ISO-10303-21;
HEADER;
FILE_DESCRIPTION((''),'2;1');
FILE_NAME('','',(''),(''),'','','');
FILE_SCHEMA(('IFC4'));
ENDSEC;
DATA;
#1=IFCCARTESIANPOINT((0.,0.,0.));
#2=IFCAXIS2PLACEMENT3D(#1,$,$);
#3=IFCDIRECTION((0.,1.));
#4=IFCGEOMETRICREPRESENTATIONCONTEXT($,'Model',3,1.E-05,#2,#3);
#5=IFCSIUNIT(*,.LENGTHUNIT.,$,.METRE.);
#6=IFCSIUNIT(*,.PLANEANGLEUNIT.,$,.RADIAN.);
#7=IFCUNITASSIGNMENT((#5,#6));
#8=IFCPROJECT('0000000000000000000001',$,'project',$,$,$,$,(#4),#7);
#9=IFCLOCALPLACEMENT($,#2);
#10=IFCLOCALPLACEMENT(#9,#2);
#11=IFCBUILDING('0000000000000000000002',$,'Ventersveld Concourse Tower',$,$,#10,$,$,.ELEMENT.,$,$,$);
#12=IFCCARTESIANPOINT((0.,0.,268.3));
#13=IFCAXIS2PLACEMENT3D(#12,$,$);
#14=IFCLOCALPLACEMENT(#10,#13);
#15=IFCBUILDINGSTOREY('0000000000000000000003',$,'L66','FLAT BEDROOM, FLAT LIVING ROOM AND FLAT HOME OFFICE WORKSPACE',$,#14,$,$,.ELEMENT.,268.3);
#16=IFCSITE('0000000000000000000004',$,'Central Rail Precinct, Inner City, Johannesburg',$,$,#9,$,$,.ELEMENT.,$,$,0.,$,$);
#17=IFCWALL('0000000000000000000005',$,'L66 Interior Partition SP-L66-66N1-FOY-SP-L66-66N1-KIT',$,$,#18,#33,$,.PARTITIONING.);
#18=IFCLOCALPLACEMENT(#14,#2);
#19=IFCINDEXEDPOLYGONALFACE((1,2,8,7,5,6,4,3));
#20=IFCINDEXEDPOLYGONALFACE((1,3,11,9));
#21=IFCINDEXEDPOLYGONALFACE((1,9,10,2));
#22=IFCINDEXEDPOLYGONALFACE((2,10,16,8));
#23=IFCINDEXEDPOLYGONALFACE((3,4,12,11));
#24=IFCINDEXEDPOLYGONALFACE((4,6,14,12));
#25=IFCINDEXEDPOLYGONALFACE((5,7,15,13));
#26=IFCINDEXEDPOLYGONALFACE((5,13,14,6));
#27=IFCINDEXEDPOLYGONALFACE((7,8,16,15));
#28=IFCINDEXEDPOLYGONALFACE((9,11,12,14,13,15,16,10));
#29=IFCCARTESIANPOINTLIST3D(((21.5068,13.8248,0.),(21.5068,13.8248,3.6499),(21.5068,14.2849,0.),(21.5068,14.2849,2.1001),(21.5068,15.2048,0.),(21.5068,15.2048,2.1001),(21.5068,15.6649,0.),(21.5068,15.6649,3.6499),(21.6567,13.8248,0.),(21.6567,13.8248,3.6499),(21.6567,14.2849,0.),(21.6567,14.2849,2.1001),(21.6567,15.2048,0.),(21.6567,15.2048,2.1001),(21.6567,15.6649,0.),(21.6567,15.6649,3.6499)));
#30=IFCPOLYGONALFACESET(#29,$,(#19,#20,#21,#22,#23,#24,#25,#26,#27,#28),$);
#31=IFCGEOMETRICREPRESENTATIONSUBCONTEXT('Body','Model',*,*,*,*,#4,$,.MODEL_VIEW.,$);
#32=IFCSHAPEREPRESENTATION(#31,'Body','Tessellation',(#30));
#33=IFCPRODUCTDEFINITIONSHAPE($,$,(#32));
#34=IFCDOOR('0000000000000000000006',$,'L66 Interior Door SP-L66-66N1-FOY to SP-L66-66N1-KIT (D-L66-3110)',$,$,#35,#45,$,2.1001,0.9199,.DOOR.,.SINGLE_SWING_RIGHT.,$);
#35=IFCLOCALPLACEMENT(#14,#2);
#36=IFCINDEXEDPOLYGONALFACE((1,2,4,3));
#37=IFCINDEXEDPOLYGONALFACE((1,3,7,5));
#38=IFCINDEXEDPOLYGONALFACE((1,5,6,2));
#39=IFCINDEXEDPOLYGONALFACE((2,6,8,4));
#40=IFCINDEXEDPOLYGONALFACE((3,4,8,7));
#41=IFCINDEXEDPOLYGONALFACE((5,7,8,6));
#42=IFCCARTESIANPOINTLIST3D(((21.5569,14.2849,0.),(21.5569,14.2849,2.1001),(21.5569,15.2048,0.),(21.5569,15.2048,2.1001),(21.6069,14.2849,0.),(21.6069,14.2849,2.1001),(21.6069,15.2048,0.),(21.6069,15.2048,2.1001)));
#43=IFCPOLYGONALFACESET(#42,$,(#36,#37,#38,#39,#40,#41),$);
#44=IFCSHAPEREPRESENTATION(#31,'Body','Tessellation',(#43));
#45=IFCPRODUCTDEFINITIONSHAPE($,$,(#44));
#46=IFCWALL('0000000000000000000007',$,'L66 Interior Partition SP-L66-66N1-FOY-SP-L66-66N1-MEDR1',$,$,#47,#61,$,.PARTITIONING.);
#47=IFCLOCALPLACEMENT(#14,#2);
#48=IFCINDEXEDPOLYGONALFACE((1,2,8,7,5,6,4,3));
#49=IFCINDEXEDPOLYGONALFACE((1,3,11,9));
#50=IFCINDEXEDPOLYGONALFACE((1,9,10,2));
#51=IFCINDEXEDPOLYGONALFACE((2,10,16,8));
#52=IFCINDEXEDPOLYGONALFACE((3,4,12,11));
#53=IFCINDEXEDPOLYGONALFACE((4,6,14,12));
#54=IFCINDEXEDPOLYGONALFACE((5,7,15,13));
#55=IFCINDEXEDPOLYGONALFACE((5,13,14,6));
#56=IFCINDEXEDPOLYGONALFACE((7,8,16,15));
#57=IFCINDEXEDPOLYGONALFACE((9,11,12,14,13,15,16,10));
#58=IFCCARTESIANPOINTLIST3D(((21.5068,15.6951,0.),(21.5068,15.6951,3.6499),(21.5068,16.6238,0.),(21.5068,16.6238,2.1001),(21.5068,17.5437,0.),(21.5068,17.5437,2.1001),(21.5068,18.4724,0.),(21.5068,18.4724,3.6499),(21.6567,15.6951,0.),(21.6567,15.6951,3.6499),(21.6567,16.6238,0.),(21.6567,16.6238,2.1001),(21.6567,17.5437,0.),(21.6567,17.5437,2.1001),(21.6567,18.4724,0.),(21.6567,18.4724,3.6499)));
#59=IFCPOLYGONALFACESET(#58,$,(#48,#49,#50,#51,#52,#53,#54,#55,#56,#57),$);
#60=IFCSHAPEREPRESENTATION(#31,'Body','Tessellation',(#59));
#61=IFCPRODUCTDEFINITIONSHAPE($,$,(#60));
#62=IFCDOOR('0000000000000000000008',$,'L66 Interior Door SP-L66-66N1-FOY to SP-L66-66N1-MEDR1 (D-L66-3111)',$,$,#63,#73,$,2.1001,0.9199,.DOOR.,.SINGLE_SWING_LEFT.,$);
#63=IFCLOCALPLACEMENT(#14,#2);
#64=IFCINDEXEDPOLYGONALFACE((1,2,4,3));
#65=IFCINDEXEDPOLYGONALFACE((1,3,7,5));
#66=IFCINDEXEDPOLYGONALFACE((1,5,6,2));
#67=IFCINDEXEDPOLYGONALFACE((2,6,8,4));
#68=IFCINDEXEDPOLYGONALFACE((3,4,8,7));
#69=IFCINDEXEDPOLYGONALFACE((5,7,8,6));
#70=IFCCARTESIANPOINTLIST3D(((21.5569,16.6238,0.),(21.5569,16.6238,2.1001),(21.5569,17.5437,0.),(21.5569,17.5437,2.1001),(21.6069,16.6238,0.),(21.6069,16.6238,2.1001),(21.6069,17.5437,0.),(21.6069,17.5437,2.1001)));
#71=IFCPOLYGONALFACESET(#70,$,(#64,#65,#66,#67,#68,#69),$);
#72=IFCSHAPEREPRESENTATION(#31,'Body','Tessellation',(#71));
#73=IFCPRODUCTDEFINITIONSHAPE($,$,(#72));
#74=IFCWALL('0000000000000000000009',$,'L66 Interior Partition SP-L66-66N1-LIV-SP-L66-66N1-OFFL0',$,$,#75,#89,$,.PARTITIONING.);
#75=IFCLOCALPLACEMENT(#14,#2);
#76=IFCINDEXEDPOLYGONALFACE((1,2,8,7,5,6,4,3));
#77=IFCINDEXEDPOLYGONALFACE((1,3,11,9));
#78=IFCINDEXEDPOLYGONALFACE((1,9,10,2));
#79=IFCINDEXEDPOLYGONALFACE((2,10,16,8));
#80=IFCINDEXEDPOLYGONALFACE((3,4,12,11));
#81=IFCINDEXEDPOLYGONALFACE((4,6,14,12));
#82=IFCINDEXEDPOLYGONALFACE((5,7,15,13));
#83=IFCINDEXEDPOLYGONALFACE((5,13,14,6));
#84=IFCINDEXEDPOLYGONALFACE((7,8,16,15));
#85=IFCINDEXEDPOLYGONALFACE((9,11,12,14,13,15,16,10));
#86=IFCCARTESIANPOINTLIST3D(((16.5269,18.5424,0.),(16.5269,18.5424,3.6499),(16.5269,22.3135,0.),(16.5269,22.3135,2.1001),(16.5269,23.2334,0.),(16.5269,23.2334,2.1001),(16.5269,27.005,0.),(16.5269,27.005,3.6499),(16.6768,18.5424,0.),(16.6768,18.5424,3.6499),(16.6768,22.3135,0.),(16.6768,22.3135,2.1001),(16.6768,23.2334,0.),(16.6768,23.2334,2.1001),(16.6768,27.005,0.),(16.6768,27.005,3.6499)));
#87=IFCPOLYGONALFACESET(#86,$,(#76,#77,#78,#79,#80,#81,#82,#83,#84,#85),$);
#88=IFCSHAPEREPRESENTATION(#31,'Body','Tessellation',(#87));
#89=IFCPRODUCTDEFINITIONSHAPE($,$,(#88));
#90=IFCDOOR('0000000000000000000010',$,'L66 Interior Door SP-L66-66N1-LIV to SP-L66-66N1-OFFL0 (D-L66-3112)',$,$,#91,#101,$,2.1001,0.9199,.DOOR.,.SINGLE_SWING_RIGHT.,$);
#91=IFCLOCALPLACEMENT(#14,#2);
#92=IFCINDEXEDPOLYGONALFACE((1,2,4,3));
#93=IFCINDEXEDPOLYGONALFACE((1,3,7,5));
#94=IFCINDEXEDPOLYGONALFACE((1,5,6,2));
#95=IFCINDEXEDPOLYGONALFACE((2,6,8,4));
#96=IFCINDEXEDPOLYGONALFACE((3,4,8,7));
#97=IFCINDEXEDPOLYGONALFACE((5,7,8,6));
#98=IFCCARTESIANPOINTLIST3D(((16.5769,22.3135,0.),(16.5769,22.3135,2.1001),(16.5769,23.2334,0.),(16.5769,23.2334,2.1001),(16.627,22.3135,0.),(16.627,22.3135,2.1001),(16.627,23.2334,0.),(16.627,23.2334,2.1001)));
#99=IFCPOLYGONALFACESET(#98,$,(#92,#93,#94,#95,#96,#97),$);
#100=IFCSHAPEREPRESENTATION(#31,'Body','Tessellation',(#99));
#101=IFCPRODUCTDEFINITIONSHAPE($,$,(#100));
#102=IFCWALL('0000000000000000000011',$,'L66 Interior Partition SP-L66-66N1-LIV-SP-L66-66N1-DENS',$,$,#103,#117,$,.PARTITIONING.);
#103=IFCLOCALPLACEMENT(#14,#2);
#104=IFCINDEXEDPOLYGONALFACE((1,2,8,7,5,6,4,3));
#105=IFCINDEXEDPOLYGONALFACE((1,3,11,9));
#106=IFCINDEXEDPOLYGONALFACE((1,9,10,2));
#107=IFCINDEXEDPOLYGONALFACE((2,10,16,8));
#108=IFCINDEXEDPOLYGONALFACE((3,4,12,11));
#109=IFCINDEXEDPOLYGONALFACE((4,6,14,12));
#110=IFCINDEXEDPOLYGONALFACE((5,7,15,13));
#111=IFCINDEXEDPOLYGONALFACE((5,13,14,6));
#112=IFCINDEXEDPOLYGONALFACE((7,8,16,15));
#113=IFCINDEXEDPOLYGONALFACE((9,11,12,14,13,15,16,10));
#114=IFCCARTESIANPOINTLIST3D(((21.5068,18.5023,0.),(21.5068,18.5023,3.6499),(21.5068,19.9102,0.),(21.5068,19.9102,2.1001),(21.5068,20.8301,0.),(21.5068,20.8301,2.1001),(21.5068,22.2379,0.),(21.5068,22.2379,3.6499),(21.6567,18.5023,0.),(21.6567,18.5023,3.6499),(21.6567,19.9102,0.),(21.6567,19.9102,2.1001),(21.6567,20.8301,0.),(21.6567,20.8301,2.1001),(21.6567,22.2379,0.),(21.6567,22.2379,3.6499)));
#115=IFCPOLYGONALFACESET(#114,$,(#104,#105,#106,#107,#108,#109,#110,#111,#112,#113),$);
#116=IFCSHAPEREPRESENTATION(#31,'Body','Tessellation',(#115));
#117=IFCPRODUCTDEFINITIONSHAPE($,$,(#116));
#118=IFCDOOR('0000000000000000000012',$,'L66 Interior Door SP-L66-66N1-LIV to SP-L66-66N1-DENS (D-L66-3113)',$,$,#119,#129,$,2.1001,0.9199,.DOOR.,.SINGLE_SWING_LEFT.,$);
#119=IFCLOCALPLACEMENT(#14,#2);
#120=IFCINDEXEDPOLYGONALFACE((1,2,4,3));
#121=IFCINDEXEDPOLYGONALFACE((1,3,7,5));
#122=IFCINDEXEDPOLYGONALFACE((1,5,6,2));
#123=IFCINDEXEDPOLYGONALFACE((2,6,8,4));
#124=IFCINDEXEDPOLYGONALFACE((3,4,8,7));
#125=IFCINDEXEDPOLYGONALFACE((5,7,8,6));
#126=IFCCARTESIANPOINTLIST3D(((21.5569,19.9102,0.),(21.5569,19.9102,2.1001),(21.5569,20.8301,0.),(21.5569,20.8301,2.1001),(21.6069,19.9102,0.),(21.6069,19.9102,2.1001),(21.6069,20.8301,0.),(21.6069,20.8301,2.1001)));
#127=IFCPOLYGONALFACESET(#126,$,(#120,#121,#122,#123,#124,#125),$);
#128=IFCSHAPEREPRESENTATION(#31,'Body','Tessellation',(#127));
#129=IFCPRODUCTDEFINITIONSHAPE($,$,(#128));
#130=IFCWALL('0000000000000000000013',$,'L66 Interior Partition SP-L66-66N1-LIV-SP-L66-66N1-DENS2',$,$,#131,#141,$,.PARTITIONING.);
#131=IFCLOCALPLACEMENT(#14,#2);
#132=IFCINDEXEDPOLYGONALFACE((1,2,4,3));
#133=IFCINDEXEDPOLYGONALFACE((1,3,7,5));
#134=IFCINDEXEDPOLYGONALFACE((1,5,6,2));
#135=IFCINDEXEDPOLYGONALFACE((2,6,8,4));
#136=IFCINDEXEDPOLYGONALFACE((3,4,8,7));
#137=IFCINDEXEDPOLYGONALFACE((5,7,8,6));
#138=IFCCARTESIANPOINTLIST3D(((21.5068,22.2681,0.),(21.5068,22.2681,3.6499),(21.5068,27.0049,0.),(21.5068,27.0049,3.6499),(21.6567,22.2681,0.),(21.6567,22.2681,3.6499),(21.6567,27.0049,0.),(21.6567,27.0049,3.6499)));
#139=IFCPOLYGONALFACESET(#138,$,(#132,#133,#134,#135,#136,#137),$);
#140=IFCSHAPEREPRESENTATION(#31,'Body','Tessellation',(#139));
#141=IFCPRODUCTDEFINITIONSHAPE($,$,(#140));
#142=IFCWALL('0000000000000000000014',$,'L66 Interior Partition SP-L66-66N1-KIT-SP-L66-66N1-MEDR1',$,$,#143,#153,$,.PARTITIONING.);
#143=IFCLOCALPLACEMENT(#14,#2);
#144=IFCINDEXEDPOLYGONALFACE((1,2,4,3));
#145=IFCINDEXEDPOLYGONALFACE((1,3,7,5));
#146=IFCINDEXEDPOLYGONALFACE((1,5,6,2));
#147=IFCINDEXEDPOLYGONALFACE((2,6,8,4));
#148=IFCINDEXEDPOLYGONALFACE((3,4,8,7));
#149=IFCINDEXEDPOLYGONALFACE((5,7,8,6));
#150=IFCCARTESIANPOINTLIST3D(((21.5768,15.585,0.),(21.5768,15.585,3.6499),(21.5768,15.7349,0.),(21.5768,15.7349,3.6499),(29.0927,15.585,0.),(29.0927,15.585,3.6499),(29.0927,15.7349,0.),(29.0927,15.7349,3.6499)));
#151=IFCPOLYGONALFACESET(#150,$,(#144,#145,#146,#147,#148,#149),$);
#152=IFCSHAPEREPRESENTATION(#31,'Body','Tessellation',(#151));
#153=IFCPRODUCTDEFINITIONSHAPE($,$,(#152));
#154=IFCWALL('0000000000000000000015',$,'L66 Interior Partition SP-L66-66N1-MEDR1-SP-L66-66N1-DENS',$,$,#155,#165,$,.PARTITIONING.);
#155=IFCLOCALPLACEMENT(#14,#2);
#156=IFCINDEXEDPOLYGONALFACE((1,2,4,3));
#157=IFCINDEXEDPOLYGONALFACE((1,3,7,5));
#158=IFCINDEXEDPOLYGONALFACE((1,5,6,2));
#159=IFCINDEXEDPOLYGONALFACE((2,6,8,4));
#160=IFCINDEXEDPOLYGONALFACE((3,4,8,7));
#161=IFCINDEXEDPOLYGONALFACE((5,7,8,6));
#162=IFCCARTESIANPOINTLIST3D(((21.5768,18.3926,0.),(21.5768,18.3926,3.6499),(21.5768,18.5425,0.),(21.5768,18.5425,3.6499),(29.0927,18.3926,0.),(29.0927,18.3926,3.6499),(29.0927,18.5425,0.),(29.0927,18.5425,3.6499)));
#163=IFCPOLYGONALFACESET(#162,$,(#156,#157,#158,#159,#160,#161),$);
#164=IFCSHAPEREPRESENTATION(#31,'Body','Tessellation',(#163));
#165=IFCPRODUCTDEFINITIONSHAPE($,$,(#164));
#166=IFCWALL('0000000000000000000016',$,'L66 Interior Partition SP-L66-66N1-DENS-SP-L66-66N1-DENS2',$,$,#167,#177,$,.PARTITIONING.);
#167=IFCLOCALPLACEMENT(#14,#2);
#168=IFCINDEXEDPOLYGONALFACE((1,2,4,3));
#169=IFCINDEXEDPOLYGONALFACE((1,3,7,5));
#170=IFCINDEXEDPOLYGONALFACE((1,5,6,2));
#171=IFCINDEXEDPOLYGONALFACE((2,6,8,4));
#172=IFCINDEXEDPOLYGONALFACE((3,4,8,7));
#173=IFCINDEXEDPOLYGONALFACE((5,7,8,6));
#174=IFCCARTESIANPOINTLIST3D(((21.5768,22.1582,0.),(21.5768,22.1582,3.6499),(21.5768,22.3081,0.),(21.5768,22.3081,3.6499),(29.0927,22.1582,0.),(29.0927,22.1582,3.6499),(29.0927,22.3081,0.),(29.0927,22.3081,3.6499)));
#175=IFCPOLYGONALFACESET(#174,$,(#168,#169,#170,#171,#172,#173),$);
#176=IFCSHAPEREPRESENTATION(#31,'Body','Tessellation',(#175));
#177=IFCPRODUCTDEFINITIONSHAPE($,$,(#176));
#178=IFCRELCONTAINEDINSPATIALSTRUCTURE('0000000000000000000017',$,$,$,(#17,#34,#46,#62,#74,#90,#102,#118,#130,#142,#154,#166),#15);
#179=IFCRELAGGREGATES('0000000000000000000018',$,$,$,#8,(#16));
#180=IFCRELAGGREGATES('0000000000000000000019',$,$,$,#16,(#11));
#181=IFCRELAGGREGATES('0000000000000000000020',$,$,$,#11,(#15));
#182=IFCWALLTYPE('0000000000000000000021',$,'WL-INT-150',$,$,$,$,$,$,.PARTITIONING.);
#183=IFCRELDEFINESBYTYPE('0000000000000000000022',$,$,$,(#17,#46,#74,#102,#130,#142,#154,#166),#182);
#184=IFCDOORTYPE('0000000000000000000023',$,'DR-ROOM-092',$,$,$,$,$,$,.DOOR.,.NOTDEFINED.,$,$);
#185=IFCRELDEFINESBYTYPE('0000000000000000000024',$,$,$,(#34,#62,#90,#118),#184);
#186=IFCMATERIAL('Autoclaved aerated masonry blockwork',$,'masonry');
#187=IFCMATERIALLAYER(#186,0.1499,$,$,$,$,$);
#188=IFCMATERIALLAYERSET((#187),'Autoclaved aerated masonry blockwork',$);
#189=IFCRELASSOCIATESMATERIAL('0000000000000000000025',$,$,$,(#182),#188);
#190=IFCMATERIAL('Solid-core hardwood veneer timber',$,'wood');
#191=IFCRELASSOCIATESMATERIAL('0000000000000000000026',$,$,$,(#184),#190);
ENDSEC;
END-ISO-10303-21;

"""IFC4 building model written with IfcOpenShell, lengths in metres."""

from ifc_helpers import new_model, si_unit, direction, frame, frame_2d, origin, place, context, subcontext, project, spatial, rectangle, extrude, material, layer, layer_set, type_object, element, fill, save


model = new_model("IFC4")

# Units and contexts
model_context = context("Model", 3, precision=1e-05, world=origin(), true_north=direction((0.0, 1.0)))
body_context = subcontext(model_context, "Body", "Model", "MODEL_VIEW")
ifc_project = project(units=[si_unit("LENGTHUNIT", "METRE"), si_unit("PLANEANGLEUNIT", "RADIAN")], contexts=[model_context])

# Site, building, storey
site_placement = place(None, origin())
site = spatial("IfcSite", under=ifc_project, at=site_placement, Name="Central Rail Precinct, Inner City, Johannesburg", CompositionType="ELEMENT", RefElevation=0.0)
building_placement = place(site_placement, origin())
building = spatial("IfcBuilding", under=site, at=building_placement, Name="Ventersveld Concourse Tower", CompositionType="ELEMENT")
storey_placement = place(building_placement, frame((0.0, 0.0, 268.3)))
storey = spatial("IfcBuildingStorey", under=building, at=storey_placement, Name="L66", Description="FLAT BEDROOM, FLAT LIVING ROOM AND FLAT HOME OFFICE WORKSPACE", CompositionType="ELEMENT", Elevation=268.3)

# Shared definitions
ifc_material_1 = material(Name="Solid-core hardwood veneer timber", Category="wood")

# Shared definitions
ifc_material_2 = material(Name="Autoclaved aerated masonry blockwork", Category="masonry")
ifc_layer_1 = layer(ifc_material_2, 0.1499)
ifc_layer_set_1 = layer_set([ifc_layer_1], Name="Autoclaved aerated masonry blockwork")
wall_type_1 = type_object("IfcWallType", Name="WL-INT-150", PredefinedType="PARTITIONING", material=ifc_layer_set_1)
door_type_1 = type_object("IfcDoorType", Name="DR-ROOM-092", OperationType="NOTDEFINED", PredefinedType="DOOR", material=ifc_material_1)

# Walls, openings, doors
wall_1_placement = place(storey_placement, frame((21.5818, 13.825, 0.0), z_axis=(0.0, 0.0, 1.0), x_axis=(0.0, 1.0, 0.0)))
wall_1 = element("IfcWall", 1, at=wall_1_placement, inside=storey, type_object=wall_type_1, Name="L66 Interior Partition SP-L66-66N1-FOY-SP-L66-66N1-KIT", PredefinedType="PARTITIONING", context=body_context, shape_type="SweptSolid", body=[
    extrude(rectangle(XDim=1.8401, YDim=0.1499, at=frame_2d((0.9199, 0.0))), origin(), (0.0, 0.0, 1.0), 3.6499),
])
opening_1_placement = place(wall_1_placement, frame((0.46, 0.0, 0.0)))
opening_1 = element("IfcOpeningElement", 2, at=opening_1_placement, cuts=wall_1, PredefinedType="OPENING", context=body_context, shape_type="SweptSolid", body=[
    extrude(rectangle(XDim=0.9199, YDim=2.1001, at=frame_2d((0.46, 1.05))), frame((0.0, 0.085, 0.0), z_axis=(0.0, -1.0, 0.0), x_axis=(1.0, 0.0, 0.0)), (0.0, 0.0, 1.0), 0.1699),
])
door_1_placement = place(opening_1_placement, origin())
door_1 = element("IfcDoor", 3, at=door_1_placement, inside=storey, type_object=door_type_1, Name="L66 Interior Door SP-L66-66N1-FOY to SP-L66-66N1-KIT (D-L66-3110)", OperationType="SINGLE_SWING_RIGHT", OverallHeight=2.1001, OverallWidth=0.9199, PredefinedType="DOOR", context=body_context, shape_type="SweptSolid", body=[
    extrude(rectangle(XDim=0.9199, YDim=2.1001, at=frame_2d((0.46, 1.05))), frame((0.0, 0.0249, 0.0), z_axis=(0.0, -1.0, 0.0), x_axis=(1.0, 0.0, 0.0)), (0.0, 0.0, 1.0), 0.05),
])
fill(opening_1, door_1)
wall_2_placement = place(storey_placement, frame((21.5818, 15.6951, 0.0), z_axis=(0.0, 0.0, 1.0), x_axis=(0.0, 1.0, 0.0)))
wall_2 = element("IfcWall", 4, at=wall_2_placement, inside=storey, type_object=wall_type_1, Name="L66 Interior Partition SP-L66-66N1-FOY-SP-L66-66N1-MEDR1", PredefinedType="PARTITIONING", context=body_context, shape_type="SweptSolid", body=[
    extrude(rectangle(XDim=2.7773, YDim=0.1499, at=frame_2d((1.3887, 0.0))), origin(), (0.0, 0.0, 1.0), 3.6499),
])
opening_2_placement = place(wall_2_placement, frame((0.9287, 0.0, 0.0)))
opening_2 = element("IfcOpeningElement", 5, at=opening_2_placement, cuts=wall_2, PredefinedType="OPENING", context=body_context, shape_type="SweptSolid", body=[
    extrude(rectangle(XDim=0.9199, YDim=2.1001, at=frame_2d((0.46, 1.05))), frame((0.0, 0.085, 0.0), z_axis=(0.0, -1.0, 0.0), x_axis=(1.0, 0.0, 0.0)), (0.0, 0.0, 1.0), 0.1699),
])
door_2_placement = place(opening_2_placement, origin())
door_2 = element("IfcDoor", 6, at=door_2_placement, inside=storey, type_object=door_type_1, Name="L66 Interior Door SP-L66-66N1-FOY to SP-L66-66N1-MEDR1 (D-L66-3111)", OperationType="SINGLE_SWING_LEFT", OverallHeight=2.1001, OverallWidth=0.9199, PredefinedType="DOOR", context=body_context, shape_type="SweptSolid", body=[
    extrude(rectangle(XDim=0.9199, YDim=2.1001, at=frame_2d((0.46, 1.05))), frame((0.0, 0.0249, 0.0), z_axis=(0.0, -1.0, 0.0), x_axis=(1.0, 0.0, 0.0)), (0.0, 0.0, 1.0), 0.05),
])
fill(opening_2, door_2)
wall_3_placement = place(storey_placement, frame((16.6018, 18.5422, 0.0), z_axis=(0.0, 0.0, 1.0), x_axis=(0.0, 1.0, 0.0)))
wall_3 = element("IfcWall", 7, at=wall_3_placement, inside=storey, type_object=wall_type_1, Name="L66 Interior Partition SP-L66-66N1-LIV-SP-L66-66N1-OFFL0", PredefinedType="PARTITIONING", context=body_context, shape_type="SweptSolid", body=[
    extrude(rectangle(XDim=8.4626, YDim=0.1499, at=frame_2d((4.2314, 0.0))), origin(), (0.0, 0.0, 1.0), 3.6499),
])
opening_3_placement = place(wall_3_placement, frame((3.7712, 0.0, 0.0)))
opening_3 = element("IfcOpeningElement", 8, at=opening_3_placement, cuts=wall_3, PredefinedType="OPENING", context=body_context, shape_type="SweptSolid", body=[
    extrude(rectangle(XDim=0.9199, YDim=2.1001, at=frame_2d((0.46, 1.05))), frame((0.0, 0.085, 0.0), z_axis=(0.0, -1.0, 0.0), x_axis=(1.0, 0.0, 0.0)), (0.0, 0.0, 1.0), 0.1699),
])
door_3_placement = place(opening_3_placement, origin())
door_3 = element("IfcDoor", 9, at=door_3_placement, inside=storey, type_object=door_type_1, Name="L66 Interior Door SP-L66-66N1-LIV to SP-L66-66N1-OFFL0 (D-L66-3112)", OperationType="SINGLE_SWING_RIGHT", OverallHeight=2.1001, OverallWidth=0.9199, PredefinedType="DOOR", context=body_context, shape_type="SweptSolid", body=[
    extrude(rectangle(XDim=0.9199, YDim=2.1001, at=frame_2d((0.46, 1.05))), frame((0.0, 0.0249, 0.0), z_axis=(0.0, -1.0, 0.0), x_axis=(1.0, 0.0, 0.0)), (0.0, 0.0, 1.0), 0.05),
])
fill(opening_3, door_3)
wall_4_placement = place(storey_placement, frame((21.5818, 18.5024, 0.0), z_axis=(0.0, 0.0, 1.0), x_axis=(0.0, 1.0, 0.0)))
wall_4 = element("IfcWall", 10, at=wall_4_placement, inside=storey, type_object=wall_type_1, Name="L66 Interior Partition SP-L66-66N1-LIV-SP-L66-66N1-DENS", PredefinedType="PARTITIONING", context=body_context, shape_type="SweptSolid", body=[
    extrude(rectangle(XDim=3.7356, YDim=0.1499, at=frame_2d((1.8677, 0.0))), origin(), (0.0, 0.0, 1.0), 3.6499),
])
opening_4_placement = place(wall_4_placement, frame((1.4077, 0.0, 0.0)))
opening_4 = element("IfcOpeningElement", 11, at=opening_4_placement, cuts=wall_4, PredefinedType="OPENING", context=body_context, shape_type="SweptSolid", body=[
    extrude(rectangle(XDim=0.9199, YDim=2.1001, at=frame_2d((0.46, 1.05))), frame((0.0, 0.085, 0.0), z_axis=(0.0, -1.0, 0.0), x_axis=(1.0, 0.0, 0.0)), (0.0, 0.0, 1.0), 0.1699),
])
door_4_placement = place(opening_4_placement, origin())
door_4 = element("IfcDoor", 12, at=door_4_placement, inside=storey, type_object=door_type_1, Name="L66 Interior Door SP-L66-66N1-LIV to SP-L66-66N1-DENS (D-L66-3113)", OperationType="SINGLE_SWING_LEFT", OverallHeight=2.1001, OverallWidth=0.9199, PredefinedType="DOOR", context=body_context, shape_type="SweptSolid", body=[
    extrude(rectangle(XDim=0.9199, YDim=2.1001, at=frame_2d((0.46, 1.05))), frame((0.0, 0.0249, 0.0), z_axis=(0.0, -1.0, 0.0), x_axis=(1.0, 0.0, 0.0)), (0.0, 0.0, 1.0), 0.05),
])
fill(opening_4, door_4)

# Walls
wall_5_placement = place(storey_placement, frame((21.5818, 22.2681, 0.0), z_axis=(0.0, 0.0, 1.0), x_axis=(0.0, 1.0, 0.0)))
element("IfcWall", 13, at=wall_5_placement, inside=storey, type_object=wall_type_1, Name="L66 Interior Partition SP-L66-66N1-LIV-SP-L66-66N1-DENS2", PredefinedType="PARTITIONING", context=body_context, shape_type="SweptSolid", body=[
    extrude(rectangle(XDim=4.7368, YDim=0.1499, at=frame_2d((2.3684, 0.0))), origin(), (0.0, 0.0, 1.0), 3.6499),
])
for number, where, z_axis, x_axis, name in (
    (14, (21.5769, 15.6599, 0.0), (0.0, 0.0, 1.0), (1.0, 0.0, 0.0), "L66 Interior Partition SP-L66-66N1-KIT-SP-L66-66N1-MEDR1"),
    (15, (21.5769, 18.4675, 0.0), (0.0, 0.0, 1.0), (1.0, 0.0, 0.0), "L66 Interior Partition SP-L66-66N1-MEDR1-SP-L66-66N1-DENS"),
    (16, (21.5769, 22.2332, 0.0), (0.0, 0.0, 1.0), (1.0, 0.0, 0.0), "L66 Interior Partition SP-L66-66N1-DENS-SP-L66-66N1-DENS2"),
):
    element("IfcWall", number, at=place(storey_placement, frame(where, z_axis=z_axis, x_axis=x_axis)), inside=storey, type_object=wall_type_1, Name=name, PredefinedType="PARTITIONING", context=body_context, shape_type="SweptSolid", body=[
        extrude(rectangle(XDim=7.5159, YDim=0.1499, at=frame_2d((3.7578, 0.0))), origin(), (0.0, 0.0, 1.0), 3.6499),
    ])

save(model, "model.ifc")
